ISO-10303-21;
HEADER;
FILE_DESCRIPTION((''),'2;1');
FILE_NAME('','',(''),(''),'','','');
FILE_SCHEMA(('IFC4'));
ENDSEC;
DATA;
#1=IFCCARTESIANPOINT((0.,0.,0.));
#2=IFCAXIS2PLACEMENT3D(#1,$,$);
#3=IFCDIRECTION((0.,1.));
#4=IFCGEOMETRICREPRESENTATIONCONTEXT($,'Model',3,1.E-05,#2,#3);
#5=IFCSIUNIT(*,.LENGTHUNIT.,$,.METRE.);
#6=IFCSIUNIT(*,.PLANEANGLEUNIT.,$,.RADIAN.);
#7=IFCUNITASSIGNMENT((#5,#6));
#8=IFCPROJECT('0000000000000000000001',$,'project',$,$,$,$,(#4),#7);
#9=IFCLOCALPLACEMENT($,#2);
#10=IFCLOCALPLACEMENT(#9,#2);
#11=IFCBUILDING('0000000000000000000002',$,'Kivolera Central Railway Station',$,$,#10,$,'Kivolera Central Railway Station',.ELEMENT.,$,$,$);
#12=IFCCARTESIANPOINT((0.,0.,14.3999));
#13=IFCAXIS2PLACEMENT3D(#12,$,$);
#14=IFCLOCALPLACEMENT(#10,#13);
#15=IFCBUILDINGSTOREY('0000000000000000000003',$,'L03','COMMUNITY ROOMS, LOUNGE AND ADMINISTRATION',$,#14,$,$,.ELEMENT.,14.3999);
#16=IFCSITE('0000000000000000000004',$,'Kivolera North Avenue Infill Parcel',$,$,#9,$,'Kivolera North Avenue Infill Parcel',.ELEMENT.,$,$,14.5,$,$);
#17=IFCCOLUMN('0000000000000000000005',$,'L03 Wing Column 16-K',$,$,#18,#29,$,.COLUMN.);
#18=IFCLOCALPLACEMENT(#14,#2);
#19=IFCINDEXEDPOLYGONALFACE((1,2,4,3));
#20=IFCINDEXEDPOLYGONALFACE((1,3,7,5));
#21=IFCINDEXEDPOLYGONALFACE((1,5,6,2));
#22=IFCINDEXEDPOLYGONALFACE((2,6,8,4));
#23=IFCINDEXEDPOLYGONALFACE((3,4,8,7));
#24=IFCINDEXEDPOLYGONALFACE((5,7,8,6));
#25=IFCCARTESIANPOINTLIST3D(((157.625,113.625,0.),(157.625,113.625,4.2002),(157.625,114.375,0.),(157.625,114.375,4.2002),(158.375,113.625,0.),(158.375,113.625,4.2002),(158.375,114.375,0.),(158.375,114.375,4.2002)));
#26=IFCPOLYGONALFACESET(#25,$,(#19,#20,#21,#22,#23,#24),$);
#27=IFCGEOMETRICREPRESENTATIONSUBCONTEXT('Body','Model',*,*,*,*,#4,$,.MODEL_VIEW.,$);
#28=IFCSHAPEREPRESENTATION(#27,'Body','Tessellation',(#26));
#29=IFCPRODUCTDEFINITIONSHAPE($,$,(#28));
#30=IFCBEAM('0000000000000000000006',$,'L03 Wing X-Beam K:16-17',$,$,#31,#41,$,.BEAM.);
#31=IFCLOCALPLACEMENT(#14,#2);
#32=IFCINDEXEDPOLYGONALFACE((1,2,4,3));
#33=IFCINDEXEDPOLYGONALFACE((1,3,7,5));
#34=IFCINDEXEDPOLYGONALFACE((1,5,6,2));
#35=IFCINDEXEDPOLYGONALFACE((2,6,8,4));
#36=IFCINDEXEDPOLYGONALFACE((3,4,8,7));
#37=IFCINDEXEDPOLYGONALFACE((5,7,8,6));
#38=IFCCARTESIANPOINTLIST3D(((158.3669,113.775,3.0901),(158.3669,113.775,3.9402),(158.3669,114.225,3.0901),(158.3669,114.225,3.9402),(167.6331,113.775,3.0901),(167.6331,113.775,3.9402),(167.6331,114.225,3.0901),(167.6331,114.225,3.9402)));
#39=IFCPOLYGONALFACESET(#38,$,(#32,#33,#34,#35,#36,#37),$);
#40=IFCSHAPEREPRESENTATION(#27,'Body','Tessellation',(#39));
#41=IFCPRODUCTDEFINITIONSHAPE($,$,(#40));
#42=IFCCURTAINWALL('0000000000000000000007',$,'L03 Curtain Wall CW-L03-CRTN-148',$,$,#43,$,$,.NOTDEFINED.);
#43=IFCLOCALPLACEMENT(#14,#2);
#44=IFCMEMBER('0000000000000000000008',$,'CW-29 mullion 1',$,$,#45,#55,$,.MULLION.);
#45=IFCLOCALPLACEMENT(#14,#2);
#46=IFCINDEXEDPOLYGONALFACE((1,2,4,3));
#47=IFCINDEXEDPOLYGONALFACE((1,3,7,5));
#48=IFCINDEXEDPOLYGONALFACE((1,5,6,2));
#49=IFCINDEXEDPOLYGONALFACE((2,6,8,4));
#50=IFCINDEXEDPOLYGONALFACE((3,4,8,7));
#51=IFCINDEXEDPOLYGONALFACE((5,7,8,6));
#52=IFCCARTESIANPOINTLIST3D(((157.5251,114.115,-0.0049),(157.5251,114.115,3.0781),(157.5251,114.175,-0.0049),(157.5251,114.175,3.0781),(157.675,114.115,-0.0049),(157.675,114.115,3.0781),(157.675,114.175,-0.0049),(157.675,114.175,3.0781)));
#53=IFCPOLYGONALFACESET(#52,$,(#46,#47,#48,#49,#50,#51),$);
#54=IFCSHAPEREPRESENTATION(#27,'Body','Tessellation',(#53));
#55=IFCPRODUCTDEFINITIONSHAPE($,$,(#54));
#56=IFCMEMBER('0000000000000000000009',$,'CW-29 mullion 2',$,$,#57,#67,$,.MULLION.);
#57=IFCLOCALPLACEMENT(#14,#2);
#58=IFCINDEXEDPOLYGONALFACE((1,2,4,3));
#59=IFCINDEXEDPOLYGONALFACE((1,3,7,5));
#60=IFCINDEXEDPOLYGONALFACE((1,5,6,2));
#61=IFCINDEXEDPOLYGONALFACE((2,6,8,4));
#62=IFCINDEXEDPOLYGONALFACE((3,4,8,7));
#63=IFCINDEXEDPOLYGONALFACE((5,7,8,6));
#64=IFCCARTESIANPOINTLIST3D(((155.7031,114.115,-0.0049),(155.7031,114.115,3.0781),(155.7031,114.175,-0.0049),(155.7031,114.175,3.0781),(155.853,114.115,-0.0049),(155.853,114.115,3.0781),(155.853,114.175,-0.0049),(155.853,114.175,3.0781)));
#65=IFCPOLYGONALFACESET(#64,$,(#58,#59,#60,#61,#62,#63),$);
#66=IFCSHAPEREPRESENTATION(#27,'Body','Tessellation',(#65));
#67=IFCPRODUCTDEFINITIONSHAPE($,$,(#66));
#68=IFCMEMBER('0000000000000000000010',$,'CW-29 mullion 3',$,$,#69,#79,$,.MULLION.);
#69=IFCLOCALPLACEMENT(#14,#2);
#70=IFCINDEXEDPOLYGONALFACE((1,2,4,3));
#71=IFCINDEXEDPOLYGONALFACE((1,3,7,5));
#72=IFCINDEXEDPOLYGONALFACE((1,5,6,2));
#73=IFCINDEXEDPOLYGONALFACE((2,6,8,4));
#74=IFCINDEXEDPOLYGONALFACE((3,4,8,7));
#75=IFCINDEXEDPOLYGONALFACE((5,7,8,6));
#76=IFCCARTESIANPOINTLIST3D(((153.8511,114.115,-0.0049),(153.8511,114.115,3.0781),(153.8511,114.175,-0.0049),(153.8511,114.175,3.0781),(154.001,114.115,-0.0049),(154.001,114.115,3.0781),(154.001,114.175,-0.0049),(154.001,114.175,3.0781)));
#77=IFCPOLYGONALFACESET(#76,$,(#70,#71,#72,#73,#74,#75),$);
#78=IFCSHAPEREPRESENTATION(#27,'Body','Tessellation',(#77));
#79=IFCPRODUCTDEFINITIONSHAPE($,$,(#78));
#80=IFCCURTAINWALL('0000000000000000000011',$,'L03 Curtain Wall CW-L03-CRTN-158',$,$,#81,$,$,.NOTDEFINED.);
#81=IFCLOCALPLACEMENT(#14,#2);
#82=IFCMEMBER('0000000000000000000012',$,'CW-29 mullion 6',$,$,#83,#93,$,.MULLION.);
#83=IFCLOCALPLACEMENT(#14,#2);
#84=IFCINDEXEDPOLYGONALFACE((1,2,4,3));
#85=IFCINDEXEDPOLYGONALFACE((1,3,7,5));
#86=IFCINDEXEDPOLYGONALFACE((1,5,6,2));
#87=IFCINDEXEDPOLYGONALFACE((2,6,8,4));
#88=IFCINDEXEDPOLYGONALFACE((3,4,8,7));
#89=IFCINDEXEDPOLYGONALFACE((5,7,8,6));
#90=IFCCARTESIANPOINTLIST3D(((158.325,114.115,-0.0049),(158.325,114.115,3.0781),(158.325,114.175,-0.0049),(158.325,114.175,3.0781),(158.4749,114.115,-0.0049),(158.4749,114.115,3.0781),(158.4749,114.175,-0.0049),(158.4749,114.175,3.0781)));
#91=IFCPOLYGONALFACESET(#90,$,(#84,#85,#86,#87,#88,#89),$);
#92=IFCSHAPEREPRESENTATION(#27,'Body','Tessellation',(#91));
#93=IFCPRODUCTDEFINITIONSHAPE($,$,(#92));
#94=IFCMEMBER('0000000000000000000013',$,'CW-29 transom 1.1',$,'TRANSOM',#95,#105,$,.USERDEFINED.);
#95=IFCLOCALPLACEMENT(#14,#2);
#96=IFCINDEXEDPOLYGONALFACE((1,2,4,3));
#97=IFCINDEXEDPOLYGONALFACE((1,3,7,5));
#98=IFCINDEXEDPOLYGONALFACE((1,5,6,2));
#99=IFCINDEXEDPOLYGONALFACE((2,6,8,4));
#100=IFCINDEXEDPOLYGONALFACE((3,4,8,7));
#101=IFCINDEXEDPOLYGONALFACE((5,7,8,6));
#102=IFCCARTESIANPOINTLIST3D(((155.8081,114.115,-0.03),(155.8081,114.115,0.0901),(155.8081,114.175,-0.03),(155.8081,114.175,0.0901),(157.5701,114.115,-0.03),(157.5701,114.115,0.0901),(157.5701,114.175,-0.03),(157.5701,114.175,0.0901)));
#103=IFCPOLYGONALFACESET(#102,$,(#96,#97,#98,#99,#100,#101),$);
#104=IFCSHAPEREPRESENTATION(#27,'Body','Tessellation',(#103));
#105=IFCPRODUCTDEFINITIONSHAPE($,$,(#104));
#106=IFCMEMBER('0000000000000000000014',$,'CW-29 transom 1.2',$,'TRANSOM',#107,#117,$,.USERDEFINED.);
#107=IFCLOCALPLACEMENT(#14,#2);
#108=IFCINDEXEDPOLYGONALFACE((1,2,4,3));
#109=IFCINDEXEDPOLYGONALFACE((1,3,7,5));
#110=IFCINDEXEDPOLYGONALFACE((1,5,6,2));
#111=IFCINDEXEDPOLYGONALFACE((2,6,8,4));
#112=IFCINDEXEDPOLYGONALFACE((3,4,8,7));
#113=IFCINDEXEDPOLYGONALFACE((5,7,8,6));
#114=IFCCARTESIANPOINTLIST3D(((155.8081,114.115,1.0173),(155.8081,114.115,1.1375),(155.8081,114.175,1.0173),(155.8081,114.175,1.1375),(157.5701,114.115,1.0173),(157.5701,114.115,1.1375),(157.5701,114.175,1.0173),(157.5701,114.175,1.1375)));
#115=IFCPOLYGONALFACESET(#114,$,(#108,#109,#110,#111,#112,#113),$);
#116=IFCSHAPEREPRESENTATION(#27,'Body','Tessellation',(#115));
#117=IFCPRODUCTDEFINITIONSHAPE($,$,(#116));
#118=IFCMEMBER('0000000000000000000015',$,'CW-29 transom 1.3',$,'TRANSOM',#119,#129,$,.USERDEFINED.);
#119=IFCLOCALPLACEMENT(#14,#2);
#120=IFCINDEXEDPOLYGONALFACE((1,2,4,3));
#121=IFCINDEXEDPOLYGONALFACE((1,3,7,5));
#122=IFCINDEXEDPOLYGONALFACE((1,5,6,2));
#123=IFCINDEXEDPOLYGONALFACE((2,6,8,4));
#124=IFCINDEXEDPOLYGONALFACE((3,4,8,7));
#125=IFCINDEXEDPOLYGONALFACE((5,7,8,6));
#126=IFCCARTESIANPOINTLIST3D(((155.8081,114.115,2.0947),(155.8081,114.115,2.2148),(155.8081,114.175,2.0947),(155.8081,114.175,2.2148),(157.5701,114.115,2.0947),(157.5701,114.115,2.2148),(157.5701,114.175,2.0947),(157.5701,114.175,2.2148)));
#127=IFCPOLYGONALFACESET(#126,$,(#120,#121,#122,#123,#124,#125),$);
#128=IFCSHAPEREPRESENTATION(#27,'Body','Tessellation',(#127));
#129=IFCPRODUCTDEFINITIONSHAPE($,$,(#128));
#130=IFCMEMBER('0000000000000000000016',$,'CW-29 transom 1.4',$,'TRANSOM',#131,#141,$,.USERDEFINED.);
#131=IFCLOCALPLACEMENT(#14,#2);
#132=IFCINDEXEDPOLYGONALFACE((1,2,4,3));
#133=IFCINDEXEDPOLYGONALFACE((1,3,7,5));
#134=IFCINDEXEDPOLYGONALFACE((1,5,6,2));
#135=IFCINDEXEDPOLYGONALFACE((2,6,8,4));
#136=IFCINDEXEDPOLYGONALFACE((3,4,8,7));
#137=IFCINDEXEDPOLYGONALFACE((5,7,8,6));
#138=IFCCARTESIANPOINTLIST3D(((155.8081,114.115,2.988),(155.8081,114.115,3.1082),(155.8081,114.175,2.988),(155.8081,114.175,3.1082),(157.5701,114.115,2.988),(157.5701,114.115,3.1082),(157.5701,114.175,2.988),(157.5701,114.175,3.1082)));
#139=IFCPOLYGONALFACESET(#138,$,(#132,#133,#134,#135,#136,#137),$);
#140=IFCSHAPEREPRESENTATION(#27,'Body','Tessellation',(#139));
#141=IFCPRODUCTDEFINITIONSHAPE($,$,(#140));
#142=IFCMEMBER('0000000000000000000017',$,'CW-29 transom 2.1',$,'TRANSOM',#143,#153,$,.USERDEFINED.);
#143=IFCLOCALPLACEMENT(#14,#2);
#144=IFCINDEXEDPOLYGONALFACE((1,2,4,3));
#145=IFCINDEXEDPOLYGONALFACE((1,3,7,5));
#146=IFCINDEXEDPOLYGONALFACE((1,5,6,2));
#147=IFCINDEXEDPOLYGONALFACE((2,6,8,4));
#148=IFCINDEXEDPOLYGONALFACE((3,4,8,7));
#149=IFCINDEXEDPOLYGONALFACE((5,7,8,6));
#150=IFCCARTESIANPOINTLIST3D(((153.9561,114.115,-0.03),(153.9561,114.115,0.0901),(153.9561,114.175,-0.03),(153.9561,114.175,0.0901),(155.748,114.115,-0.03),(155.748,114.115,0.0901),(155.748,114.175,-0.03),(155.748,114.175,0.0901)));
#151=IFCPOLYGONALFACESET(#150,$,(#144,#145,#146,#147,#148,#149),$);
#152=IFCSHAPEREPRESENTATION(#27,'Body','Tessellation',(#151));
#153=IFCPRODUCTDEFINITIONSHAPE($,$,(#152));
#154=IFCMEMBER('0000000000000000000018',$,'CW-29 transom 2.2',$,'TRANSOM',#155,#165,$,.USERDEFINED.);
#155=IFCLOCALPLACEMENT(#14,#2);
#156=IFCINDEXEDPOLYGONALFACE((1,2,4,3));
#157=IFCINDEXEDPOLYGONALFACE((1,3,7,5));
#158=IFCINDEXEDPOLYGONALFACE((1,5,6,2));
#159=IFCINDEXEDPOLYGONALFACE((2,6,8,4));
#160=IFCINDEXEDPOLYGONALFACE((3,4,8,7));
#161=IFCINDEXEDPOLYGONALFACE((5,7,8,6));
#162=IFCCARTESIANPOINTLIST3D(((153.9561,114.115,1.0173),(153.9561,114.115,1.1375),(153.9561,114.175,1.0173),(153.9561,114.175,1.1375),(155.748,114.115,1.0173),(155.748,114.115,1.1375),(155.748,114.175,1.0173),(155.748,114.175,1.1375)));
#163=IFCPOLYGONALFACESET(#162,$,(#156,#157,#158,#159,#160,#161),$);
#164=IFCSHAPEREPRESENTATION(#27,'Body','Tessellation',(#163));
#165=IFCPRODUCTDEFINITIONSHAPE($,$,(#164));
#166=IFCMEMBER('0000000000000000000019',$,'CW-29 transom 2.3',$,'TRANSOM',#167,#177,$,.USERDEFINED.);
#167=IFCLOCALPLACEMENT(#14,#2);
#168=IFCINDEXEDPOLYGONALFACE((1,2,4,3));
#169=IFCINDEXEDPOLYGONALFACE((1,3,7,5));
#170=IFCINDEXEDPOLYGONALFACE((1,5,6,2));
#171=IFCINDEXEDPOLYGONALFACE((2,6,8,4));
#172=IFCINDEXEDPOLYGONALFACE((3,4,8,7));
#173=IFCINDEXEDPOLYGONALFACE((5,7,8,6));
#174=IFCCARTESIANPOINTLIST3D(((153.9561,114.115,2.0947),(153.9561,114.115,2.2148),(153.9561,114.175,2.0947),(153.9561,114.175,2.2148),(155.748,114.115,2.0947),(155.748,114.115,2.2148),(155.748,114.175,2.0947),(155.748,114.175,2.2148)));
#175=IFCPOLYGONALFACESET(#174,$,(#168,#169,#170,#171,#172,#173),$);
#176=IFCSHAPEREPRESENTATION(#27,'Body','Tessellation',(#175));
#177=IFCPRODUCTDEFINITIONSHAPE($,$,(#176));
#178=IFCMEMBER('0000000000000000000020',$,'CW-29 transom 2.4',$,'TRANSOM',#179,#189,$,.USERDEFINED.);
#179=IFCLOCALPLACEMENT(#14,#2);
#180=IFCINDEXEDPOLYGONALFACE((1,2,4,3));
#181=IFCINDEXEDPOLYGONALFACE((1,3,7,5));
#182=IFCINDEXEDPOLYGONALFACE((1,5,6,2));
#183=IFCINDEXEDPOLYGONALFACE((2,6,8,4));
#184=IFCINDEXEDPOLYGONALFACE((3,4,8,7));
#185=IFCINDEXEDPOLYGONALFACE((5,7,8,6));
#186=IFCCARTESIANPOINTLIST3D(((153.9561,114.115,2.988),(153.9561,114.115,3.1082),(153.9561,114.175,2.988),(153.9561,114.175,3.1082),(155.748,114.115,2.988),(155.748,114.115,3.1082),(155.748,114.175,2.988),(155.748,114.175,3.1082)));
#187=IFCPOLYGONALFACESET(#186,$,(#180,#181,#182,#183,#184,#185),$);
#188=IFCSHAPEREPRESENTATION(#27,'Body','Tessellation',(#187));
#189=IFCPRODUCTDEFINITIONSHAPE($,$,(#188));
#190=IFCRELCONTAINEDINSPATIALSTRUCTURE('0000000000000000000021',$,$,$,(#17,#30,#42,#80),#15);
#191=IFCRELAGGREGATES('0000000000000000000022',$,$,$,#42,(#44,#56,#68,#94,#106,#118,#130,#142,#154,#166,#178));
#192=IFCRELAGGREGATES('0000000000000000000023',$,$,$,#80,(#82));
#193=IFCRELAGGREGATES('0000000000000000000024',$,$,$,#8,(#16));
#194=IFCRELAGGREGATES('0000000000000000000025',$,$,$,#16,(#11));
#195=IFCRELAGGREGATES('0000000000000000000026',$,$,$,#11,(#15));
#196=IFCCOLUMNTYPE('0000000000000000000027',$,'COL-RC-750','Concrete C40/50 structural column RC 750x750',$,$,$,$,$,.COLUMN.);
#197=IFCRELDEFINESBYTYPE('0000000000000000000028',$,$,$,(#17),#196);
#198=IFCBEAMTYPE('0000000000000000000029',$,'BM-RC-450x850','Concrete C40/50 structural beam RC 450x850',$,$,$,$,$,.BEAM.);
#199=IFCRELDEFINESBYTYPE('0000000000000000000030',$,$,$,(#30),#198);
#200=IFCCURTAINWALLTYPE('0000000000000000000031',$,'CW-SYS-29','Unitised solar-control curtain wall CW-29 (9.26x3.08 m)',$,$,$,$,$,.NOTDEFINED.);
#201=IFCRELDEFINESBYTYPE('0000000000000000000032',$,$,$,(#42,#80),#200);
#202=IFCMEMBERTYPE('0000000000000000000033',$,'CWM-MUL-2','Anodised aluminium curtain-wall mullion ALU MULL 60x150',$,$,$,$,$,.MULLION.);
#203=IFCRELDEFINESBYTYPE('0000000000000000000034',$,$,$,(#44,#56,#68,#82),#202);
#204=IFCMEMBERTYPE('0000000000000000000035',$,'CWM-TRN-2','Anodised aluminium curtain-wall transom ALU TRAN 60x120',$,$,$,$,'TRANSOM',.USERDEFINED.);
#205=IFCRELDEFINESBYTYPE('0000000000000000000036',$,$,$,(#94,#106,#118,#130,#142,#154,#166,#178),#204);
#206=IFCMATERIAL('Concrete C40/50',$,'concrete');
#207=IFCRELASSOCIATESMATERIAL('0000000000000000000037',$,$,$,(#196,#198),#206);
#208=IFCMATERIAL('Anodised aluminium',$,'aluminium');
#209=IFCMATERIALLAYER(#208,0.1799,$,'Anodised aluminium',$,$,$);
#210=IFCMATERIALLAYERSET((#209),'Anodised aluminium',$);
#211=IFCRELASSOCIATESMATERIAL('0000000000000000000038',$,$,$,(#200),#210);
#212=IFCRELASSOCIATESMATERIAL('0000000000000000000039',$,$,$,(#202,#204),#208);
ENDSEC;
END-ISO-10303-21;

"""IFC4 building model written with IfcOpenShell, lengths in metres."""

from ifc_helpers import new_model, si_unit, direction, frame, origin, origin_2d, place, context, subcontext, project, spatial, rectangle, extrude, material, layer, layer_set, material_profile, profile_set, type_object, element, aggregate, save


model = new_model("IFC4")

# Units and contexts
model_context = context("Model", 3, precision=1e-05, world=origin(), true_north=direction((0.0, 1.0)))
body_context = subcontext(model_context, "Body", "Model", "MODEL_VIEW")
ifc_project = project(units=[si_unit("LENGTHUNIT", "METRE"), si_unit("PLANEANGLEUNIT", "RADIAN")], contexts=[model_context])

# Site, building, storey
site_placement = place(None, origin())
site = spatial("IfcSite", under=ifc_project, at=site_placement, Name="Kivolera North Avenue Infill Parcel", LongName="Kivolera North Avenue Infill Parcel", CompositionType="ELEMENT", RefElevation=14.5)
building_placement = place(site_placement, origin())
building = spatial("IfcBuilding", under=site, at=building_placement, Name="Kivolera Central Railway Station", LongName="Kivolera Central Railway Station", CompositionType="ELEMENT")
storey_placement = place(building_placement, frame((0.0, 0.0, 14.3999)))
storey = spatial("IfcBuildingStorey", under=building, at=storey_placement, Name="L03", Description="COMMUNITY ROOMS, LOUNGE AND ADMINISTRATION", CompositionType="ELEMENT", Elevation=14.3999)

# Column
ifc_material_1 = material(Name="Concrete C40/50", Category="concrete")
ifc_material_profile_1 = material_profile(ifc_material_1, rectangle(XDim=0.75, YDim=0.75, at=origin_2d()), Name="RC 750x750")
ifc_profile_set_1 = profile_set([ifc_material_profile_1], Name="Concrete C40/50")
column_type = type_object("IfcColumnType", Name="COL-RC-750", Description="Concrete C40/50 structural column RC 750x750", PredefinedType="COLUMN", material=ifc_profile_set_1)
column_placement = place(storey_placement, frame((158.0, 114.0, 0.0), z_axis=(0.0, 0.0, 1.0), x_axis=(1.0, 0.0, 0.0)))
element("IfcColumn", 1, at=column_placement, inside=storey, type_object=column_type, Name="L03 Wing Column 16-K", PredefinedType="COLUMN", context=body_context, shape_type="SweptSolid", body=[
    extrude(rectangle(XDim=0.75, YDim=0.75, at=origin_2d()), origin(), (0.0, 0.0, 1.0), 4.2002),
])

# Beam
ifc_material_profile_2 = material_profile(ifc_material_1, rectangle(XDim=0.45, YDim=0.8501, at=origin_2d()), Name="RC 450x850")
ifc_profile_set_2 = profile_set([ifc_material_profile_2], Name="Concrete C40/50")
beam_type = type_object("IfcBeamType", Name="BM-RC-450x850", Description="Concrete C40/50 structural beam RC 450x850", PredefinedType="BEAM", material=ifc_profile_set_2)
beam_placement = place(storey_placement, frame((158.3669, 114.0, 3.5151), z_axis=(1.0, 0.0, 0.0), x_axis=(0.0, 1.0, 0.0)))
element("IfcBeam", 2, at=beam_placement, inside=storey, type_object=beam_type, Name="L03 Wing X-Beam K:16-17", PredefinedType="BEAM", context=body_context, shape_type="SweptSolid", body=[
    extrude(rectangle(XDim=0.45, YDim=0.8501, at=origin_2d()), origin(), (0.0, 0.0, 1.0), 9.2661),
])

# Curtain wall, members
ifc_material_2 = material(Name="Anodised aluminium", Category="aluminium")
ifc_layer_1 = layer(ifc_material_2, 0.1799, Name="Anodised aluminium")
ifc_layer_set_1 = layer_set([ifc_layer_1], Name="Anodised aluminium")
curtain_wall_type = type_object("IfcCurtainWallType", Name="CW-SYS-29", Description="Unitised solar-control curtain wall CW-29 (9.26x3.08 m)", PredefinedType="NOTDEFINED", material=ifc_layer_set_1)
curtain_wall_1_placement = place(storey_placement, origin())
curtain_wall_1 = element("IfcCurtainWall", 3, at=curtain_wall_1_placement, inside=storey, type_object=curtain_wall_type, Name="L03 Curtain Wall CW-L03-CRTN-148", PredefinedType="NOTDEFINED")
ifc_material_profile_3 = material_profile(ifc_material_2, rectangle(XDim=0.0601, YDim=0.1499, at=origin_2d()), Name="ALU MULL 60x150")
ifc_profile_set_3 = profile_set([ifc_material_profile_3], Name="Anodised aluminium")
member_type_1 = type_object("IfcMemberType", Name="CWM-MUL-2", Description="Anodised aluminium curtain-wall mullion ALU MULL 60x150", PredefinedType="MULLION", material=ifc_profile_set_3)
member_1_placement = place(storey_placement, frame((157.6001, 114.145, -0.0049), z_axis=(0.0, 0.0, 1.0), x_axis=(0.0, -1.0, 0.0)))
member_1 = element("IfcMember", 4, at=member_1_placement, type_object=member_type_1, Name="CW-29 mullion 1", PredefinedType="MULLION", context=body_context, shape_type="SweptSolid", body=[
    extrude(rectangle(XDim=0.0601, YDim=0.1499, at=origin_2d()), origin(), (0.0, 0.0, 1.0), 3.083),
])
member_2_placement = place(storey_placement, frame((155.7781, 114.145, -0.0049), z_axis=(0.0, 0.0, 1.0), x_axis=(0.0, -1.0, 0.0)))
member_2 = element("IfcMember", 5, at=member_2_placement, type_object=member_type_1, Name="CW-29 mullion 2", PredefinedType="MULLION", context=body_context, shape_type="SweptSolid", body=[
    extrude(rectangle(XDim=0.0601, YDim=0.1499, at=origin_2d()), origin(), (0.0, 0.0, 1.0), 3.083),
])
member_3_placement = place(storey_placement, frame((153.926, 114.145, -0.0049), z_axis=(0.0, 0.0, 1.0), x_axis=(0.0, -1.0, 0.0)))
member_3 = element("IfcMember", 6, at=member_3_placement, type_object=member_type_1, Name="CW-29 mullion 3", PredefinedType="MULLION", context=body_context, shape_type="SweptSolid", body=[
    extrude(rectangle(XDim=0.0601, YDim=0.1499, at=origin_2d()), origin(), (0.0, 0.0, 1.0), 3.083),
])

# Curtain wall, member
curtain_wall_2_placement = place(storey_placement, origin())
curtain_wall_2 = element("IfcCurtainWall", 7, at=curtain_wall_2_placement, inside=storey, type_object=curtain_wall_type, Name="L03 Curtain Wall CW-L03-CRTN-158", PredefinedType="NOTDEFINED")
member_4_placement = place(storey_placement, frame((158.3999, 114.145, -0.0049), z_axis=(0.0, 0.0, 1.0), x_axis=(0.0, -1.0, 0.0)))
member_4 = element("IfcMember", 8, at=member_4_placement, type_object=member_type_1, Name="CW-29 mullion 6", PredefinedType="MULLION", context=body_context, shape_type="SweptSolid", body=[
    extrude(rectangle(XDim=0.0601, YDim=0.1499, at=origin_2d()), origin(), (0.0, 0.0, 1.0), 3.083),
])

# Members
ifc_material_profile_4 = material_profile(ifc_material_2, rectangle(XDim=0.0601, YDim=0.1201, at=origin_2d()), Name="ALU TRAN 60x120")
ifc_profile_set_4 = profile_set([ifc_material_profile_4], Name="Anodised aluminium")
member_type_2 = type_object("IfcMemberType", Name="CWM-TRN-2", Description="Anodised aluminium curtain-wall transom ALU TRAN 60x120", ElementType="TRANSOM", PredefinedType="USERDEFINED", material=ifc_profile_set_4)
member_5_placement = place(storey_placement, frame((157.5701, 114.145, 0.03), z_axis=(-1.0, 0.0, 0.0), x_axis=(0.0, -1.0, 0.0)))
member_5 = element("IfcMember", 9, at=member_5_placement, type_object=member_type_2, Name="CW-29 transom 1.1", ObjectType="TRANSOM", PredefinedType="USERDEFINED", context=body_context, shape_type="SweptSolid", body=[
    extrude(rectangle(XDim=0.0601, YDim=0.1201, at=origin_2d()), origin(), (0.0, 0.0, 1.0), 1.762),
])
member_6_placement = place(storey_placement, frame((157.5701, 114.145, 1.0774), z_axis=(-1.0, 0.0, 0.0), x_axis=(0.0, -1.0, 0.0)))
member_6 = element("IfcMember", 10, at=member_6_placement, type_object=member_type_2, Name="CW-29 transom 1.2", ObjectType="TRANSOM", PredefinedType="USERDEFINED", context=body_context, shape_type="SweptSolid", body=[
    extrude(rectangle(XDim=0.0601, YDim=0.1201, at=origin_2d()), origin(), (0.0, 0.0, 1.0), 1.762),
])
member_7_placement = place(storey_placement, frame((157.5701, 114.145, 2.1548), z_axis=(-1.0, 0.0, 0.0), x_axis=(0.0, -1.0, 0.0)))
member_7 = element("IfcMember", 11, at=member_7_placement, type_object=member_type_2, Name="CW-29 transom 1.3", ObjectType="TRANSOM", PredefinedType="USERDEFINED", context=body_context, shape_type="SweptSolid", body=[
    extrude(rectangle(XDim=0.0601, YDim=0.1201, at=origin_2d()), origin(), (0.0, 0.0, 1.0), 1.762),
])
member_8_placement = place(storey_placement, frame((157.5701, 114.145, 3.0481), z_axis=(-1.0, 0.0, 0.0), x_axis=(0.0, -1.0, 0.0)))
member_8 = element("IfcMember", 12, at=member_8_placement, type_object=member_type_2, Name="CW-29 transom 1.4", ObjectType="TRANSOM", PredefinedType="USERDEFINED", context=body_context, shape_type="SweptSolid", body=[
    extrude(rectangle(XDim=0.0601, YDim=0.1201, at=origin_2d()), origin(), (0.0, 0.0, 1.0), 1.762),
])
member_9_placement = place(storey_placement, frame((155.748, 114.145, 0.03), z_axis=(-1.0, 0.0, 0.0), x_axis=(0.0, -1.0, 0.0)))
member_9 = element("IfcMember", 13, at=member_9_placement, type_object=member_type_2, Name="CW-29 transom 2.1", ObjectType="TRANSOM", PredefinedType="USERDEFINED", context=body_context, shape_type="SweptSolid", body=[
    extrude(rectangle(XDim=0.0601, YDim=0.1201, at=origin_2d()), origin(), (0.0, 0.0, 1.0), 1.792),
])
member_10_placement = place(storey_placement, frame((155.748, 114.145, 1.0774), z_axis=(-1.0, 0.0, 0.0), x_axis=(0.0, -1.0, 0.0)))
member_10 = element("IfcMember", 14, at=member_10_placement, type_object=member_type_2, Name="CW-29 transom 2.2", ObjectType="TRANSOM", PredefinedType="USERDEFINED", context=body_context, shape_type="SweptSolid", body=[
    extrude(rectangle(XDim=0.0601, YDim=0.1201, at=origin_2d()), origin(), (0.0, 0.0, 1.0), 1.792),
])
member_11_placement = place(storey_placement, frame((155.748, 114.145, 2.1548), z_axis=(-1.0, 0.0, 0.0), x_axis=(0.0, -1.0, 0.0)))
member_11 = element("IfcMember", 15, at=member_11_placement, type_object=member_type_2, Name="CW-29 transom 2.3", ObjectType="TRANSOM", PredefinedType="USERDEFINED", context=body_context, shape_type="SweptSolid", body=[
    extrude(rectangle(XDim=0.0601, YDim=0.1201, at=origin_2d()), origin(), (0.0, 0.0, 1.0), 1.792),
])
member_12_placement = place(storey_placement, frame((155.748, 114.145, 3.0481), z_axis=(-1.0, 0.0, 0.0), x_axis=(0.0, -1.0, 0.0)))
member_12 = element("IfcMember", 16, at=member_12_placement, type_object=member_type_2, Name="CW-29 transom 2.4", ObjectType="TRANSOM", PredefinedType="USERDEFINED", context=body_context, shape_type="SweptSolid", body=[
    extrude(rectangle(XDim=0.0601, YDim=0.1201, at=origin_2d()), origin(), (0.0, 0.0, 1.0), 1.792),
])

aggregate(curtain_wall_1, [member_1, member_2, member_3, member_5, member_6, member_7, member_8, member_9, member_10, member_11, member_12])
aggregate(curtain_wall_2, [member_4])

save(model, "model.ifc")
